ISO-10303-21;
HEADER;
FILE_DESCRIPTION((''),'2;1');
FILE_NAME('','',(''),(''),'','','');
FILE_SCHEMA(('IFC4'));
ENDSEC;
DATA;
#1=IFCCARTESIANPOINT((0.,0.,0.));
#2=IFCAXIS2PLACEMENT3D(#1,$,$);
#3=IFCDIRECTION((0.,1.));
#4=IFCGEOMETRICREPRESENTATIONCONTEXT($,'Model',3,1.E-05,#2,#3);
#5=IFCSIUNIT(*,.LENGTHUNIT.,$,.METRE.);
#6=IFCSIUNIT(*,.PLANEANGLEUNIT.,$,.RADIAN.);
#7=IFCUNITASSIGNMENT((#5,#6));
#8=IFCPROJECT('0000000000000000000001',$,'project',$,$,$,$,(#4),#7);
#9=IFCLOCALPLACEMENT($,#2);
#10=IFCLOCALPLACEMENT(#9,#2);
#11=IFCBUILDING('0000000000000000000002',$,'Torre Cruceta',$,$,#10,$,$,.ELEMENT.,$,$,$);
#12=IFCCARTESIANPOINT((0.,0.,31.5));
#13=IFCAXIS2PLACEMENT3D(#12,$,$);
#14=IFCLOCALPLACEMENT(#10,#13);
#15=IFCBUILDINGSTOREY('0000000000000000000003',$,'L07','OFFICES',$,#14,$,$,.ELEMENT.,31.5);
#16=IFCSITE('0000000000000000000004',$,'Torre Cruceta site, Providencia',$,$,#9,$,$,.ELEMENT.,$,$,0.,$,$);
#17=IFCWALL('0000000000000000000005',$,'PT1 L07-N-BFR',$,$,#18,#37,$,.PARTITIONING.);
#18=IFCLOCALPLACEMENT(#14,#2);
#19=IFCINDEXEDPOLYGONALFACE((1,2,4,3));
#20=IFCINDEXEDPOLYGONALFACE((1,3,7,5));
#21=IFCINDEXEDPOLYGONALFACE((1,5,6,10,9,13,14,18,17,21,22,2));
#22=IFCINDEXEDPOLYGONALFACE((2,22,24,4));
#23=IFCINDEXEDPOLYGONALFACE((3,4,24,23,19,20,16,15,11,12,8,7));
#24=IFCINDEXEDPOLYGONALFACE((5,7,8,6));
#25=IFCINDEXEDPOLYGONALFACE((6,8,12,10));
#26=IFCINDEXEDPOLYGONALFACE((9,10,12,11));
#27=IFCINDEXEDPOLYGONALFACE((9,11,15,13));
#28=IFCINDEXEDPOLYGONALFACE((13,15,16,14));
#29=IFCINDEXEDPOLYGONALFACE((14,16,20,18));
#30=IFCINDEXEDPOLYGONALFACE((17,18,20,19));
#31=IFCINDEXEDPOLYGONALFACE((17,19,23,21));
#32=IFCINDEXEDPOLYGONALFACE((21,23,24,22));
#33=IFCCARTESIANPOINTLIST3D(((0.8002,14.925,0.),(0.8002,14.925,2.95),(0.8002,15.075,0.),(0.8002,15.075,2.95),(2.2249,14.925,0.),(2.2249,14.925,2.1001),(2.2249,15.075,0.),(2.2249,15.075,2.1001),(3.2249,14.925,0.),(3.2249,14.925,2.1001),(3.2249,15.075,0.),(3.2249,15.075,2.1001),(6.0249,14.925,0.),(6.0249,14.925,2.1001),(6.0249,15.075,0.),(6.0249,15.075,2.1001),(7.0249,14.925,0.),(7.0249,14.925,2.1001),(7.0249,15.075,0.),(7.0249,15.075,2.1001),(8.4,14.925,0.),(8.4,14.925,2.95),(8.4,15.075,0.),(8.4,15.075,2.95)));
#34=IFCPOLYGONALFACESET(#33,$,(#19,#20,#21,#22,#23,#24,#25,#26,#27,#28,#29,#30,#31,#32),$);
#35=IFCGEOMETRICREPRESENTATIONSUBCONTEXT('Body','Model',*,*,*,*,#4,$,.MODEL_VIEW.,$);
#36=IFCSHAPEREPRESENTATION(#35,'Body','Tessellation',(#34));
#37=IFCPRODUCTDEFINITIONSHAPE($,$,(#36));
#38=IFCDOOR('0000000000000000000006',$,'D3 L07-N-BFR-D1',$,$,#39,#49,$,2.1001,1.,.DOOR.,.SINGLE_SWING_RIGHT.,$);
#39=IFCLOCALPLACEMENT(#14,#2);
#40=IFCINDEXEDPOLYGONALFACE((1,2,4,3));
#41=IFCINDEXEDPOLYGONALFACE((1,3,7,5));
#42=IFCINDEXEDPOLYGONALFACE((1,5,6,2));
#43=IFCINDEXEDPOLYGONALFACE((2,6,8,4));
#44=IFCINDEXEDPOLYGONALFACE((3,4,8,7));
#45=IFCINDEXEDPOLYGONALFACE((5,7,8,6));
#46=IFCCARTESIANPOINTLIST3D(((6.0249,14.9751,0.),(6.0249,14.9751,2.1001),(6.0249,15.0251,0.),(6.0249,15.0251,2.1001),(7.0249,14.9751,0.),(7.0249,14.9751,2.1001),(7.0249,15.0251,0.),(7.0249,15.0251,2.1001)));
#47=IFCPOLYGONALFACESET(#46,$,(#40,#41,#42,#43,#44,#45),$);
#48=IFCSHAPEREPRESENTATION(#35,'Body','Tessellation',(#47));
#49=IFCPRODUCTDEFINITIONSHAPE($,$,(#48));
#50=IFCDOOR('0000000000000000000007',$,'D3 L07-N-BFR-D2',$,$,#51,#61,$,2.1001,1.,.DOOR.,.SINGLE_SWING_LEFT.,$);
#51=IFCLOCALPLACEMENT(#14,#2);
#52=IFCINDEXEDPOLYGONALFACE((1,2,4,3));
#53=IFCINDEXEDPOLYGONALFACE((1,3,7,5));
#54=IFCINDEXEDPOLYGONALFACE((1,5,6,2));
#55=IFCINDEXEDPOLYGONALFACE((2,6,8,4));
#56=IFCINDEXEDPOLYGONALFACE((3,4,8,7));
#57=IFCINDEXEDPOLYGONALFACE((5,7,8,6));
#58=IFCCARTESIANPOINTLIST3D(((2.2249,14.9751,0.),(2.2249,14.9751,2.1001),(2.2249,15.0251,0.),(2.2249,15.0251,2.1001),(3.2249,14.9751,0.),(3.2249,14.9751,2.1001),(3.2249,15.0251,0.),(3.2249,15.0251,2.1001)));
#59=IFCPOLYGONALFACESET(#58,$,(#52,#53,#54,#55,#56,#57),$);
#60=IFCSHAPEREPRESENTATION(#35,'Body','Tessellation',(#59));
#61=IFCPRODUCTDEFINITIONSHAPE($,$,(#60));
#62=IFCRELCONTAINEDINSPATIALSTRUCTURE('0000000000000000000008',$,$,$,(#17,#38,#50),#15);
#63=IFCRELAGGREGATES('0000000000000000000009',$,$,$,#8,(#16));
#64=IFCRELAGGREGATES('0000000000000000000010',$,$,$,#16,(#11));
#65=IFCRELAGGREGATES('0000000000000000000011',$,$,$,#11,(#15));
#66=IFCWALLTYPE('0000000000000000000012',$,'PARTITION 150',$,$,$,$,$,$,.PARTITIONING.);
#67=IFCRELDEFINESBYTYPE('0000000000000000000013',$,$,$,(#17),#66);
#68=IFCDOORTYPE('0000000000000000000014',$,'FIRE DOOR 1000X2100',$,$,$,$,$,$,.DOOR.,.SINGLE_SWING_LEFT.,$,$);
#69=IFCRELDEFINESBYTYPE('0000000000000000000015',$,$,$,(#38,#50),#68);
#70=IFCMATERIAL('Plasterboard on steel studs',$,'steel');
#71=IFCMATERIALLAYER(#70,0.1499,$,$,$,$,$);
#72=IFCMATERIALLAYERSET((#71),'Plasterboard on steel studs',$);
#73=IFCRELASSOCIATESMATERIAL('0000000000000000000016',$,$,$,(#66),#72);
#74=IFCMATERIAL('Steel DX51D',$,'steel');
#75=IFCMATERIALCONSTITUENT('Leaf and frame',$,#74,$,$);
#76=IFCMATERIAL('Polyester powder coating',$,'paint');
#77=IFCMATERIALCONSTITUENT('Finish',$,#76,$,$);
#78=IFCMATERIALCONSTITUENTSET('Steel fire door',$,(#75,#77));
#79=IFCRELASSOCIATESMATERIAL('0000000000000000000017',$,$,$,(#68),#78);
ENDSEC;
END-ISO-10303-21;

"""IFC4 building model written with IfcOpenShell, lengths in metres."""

from ifc_helpers import new_model, si_unit, direction, frame, frame_2d, origin, place, context, subcontext, project, spatial, rectangle, extrude, material, layer, layer_set, constituent, constituent_set, type_object, element, fill, save


model = new_model("IFC4")

# Units and contexts
model_context = context("Model", 3, precision=1e-05, world=origin(), true_north=direction((0.0, 1.0)))
body_context = subcontext(model_context, "Body", "Model", "MODEL_VIEW")
ifc_project = project(units=[si_unit("LENGTHUNIT", "METRE"), si_unit("PLANEANGLEUNIT", "RADIAN")], contexts=[model_context])

# Site, building, storey
site_placement = place(None, origin())
site = spatial("IfcSite", under=ifc_project, at=site_placement, Name="Torre Cruceta site, Providencia", CompositionType="ELEMENT", RefElevation=0.0)
building_placement = place(site_placement, origin())
building = spatial("IfcBuilding", under=site, at=building_placement, Name="Torre Cruceta", CompositionType="ELEMENT")
storey_placement = place(building_placement, frame((0.0, 0.0, 31.5)))
storey = spatial("IfcBuildingStorey", under=building, at=storey_placement, Name="L07", Description="OFFICES", CompositionType="ELEMENT", Elevation=31.5)

# Wall, openings, doors
ifc_material_1 = material(Name="Plasterboard on steel studs", Category="steel")
ifc_layer_1 = layer(ifc_material_1, 0.1499)
ifc_layer_set_1 = layer_set([ifc_layer_1], Name="Plasterboard on steel studs")
wall_type_1 = type_object("IfcWallType", Name="PARTITION 150", PredefinedType="PARTITIONING", material=ifc_layer_set_1)
wall_1_placement = place(storey_placement, frame((8.3999, 15.0, 0.0), z_axis=(0.0, 0.0, 1.0), x_axis=(-1.0, 0.0, 0.0)))
wall_1 = element("IfcWall", 1, at=wall_1_placement, inside=storey, type_object=wall_type_1, Name="PT1 L07-N-BFR", PredefinedType="PARTITIONING", context=body_context, shape_type="SweptSolid", body=[
    extrude(rectangle(XDim=7.5999, YDim=0.1499, at=frame_2d((3.7998, 0.0))), origin(), (0.0, 0.0, 1.0), 2.95),
])
opening_1_placement = place(wall_1_placement, frame((1.375, 0.0, 0.0)))
opening_1 = element("IfcOpeningElement", 2, at=opening_1_placement, cuts=wall_1, PredefinedType="OPENING", context=body_context, shape_type="SweptSolid", body=[
    extrude(rectangle(XDim=1.0, YDim=2.1001, at=frame_2d((0.5, 1.05))), frame((0.0, 0.085, 0.0), z_axis=(0.0, -1.0, 0.0), x_axis=(1.0, 0.0, 0.0)), (0.0, 0.0, 1.0), 0.1699),
])
opening_2_placement = place(wall_1_placement, frame((5.175, 0.0, 0.0)))
opening_2 = element("IfcOpeningElement", 3, at=opening_2_placement, cuts=wall_1, PredefinedType="OPENING", context=body_context, shape_type="SweptSolid", body=[
    extrude(rectangle(XDim=1.0, YDim=2.1001, at=frame_2d((0.5, 1.05))), frame((0.0, 0.085, 0.0), z_axis=(0.0, -1.0, 0.0), x_axis=(1.0, 0.0, 0.0)), (0.0, 0.0, 1.0), 0.1699),
])
ifc_material_2 = material(Name="Steel DX51D", Category="steel")
ifc_constituent_1 = constituent(ifc_material_2, Name="Leaf and frame")
ifc_material_3 = material(Name="Polyester powder coating", Category="paint")
ifc_constituent_2 = constituent(ifc_material_3, Name="Finish")
ifc_constituent_set_1 = constituent_set(constituents=[ifc_constituent_1, ifc_constituent_2], Name="Steel fire door")
door_type_1 = type_object("IfcDoorType", Name="FIRE DOOR 1000X2100", OperationType="SINGLE_SWING_LEFT", PredefinedType="DOOR", material=ifc_constituent_set_1)
door_1_placement = place(opening_1_placement, origin())
door_1 = element("IfcDoor", 4, at=door_1_placement, inside=storey, type_object=door_type_1, Name="D3 L07-N-BFR-D1", OperationType="SINGLE_SWING_RIGHT", OverallHeight=2.1001, OverallWidth=1.0, PredefinedType="DOOR", context=body_context, shape_type="SweptSolid", body=[
    extrude(rectangle(XDim=1.0, YDim=2.1001, at=frame_2d((0.5, 1.05))), frame((0.0, 0.0249, 0.0), z_axis=(0.0, -1.0, 0.0), x_axis=(1.0, 0.0, 0.0)), (0.0, 0.0, 1.0), 0.05),
])
fill(opening_1, door_1)
door_2_placement = place(opening_2_placement, origin())
door_2 = element("IfcDoor", 5, at=door_2_placement, inside=storey, type_object=door_type_1, Name="D3 L07-N-BFR-D2", OperationType="SINGLE_SWING_LEFT", OverallHeight=2.1001, OverallWidth=1.0, PredefinedType="DOOR", context=body_context, shape_type="SweptSolid", body=[
    extrude(rectangle(XDim=1.0, YDim=2.1001, at=frame_2d((0.5, 1.05))), frame((0.0, 0.0249, 0.0), z_axis=(0.0, -1.0, 0.0), x_axis=(1.0, 0.0, 0.0)), (0.0, 0.0, 1.0), 0.05),
])
fill(opening_2, door_2)

save(model, "model.ifc")
